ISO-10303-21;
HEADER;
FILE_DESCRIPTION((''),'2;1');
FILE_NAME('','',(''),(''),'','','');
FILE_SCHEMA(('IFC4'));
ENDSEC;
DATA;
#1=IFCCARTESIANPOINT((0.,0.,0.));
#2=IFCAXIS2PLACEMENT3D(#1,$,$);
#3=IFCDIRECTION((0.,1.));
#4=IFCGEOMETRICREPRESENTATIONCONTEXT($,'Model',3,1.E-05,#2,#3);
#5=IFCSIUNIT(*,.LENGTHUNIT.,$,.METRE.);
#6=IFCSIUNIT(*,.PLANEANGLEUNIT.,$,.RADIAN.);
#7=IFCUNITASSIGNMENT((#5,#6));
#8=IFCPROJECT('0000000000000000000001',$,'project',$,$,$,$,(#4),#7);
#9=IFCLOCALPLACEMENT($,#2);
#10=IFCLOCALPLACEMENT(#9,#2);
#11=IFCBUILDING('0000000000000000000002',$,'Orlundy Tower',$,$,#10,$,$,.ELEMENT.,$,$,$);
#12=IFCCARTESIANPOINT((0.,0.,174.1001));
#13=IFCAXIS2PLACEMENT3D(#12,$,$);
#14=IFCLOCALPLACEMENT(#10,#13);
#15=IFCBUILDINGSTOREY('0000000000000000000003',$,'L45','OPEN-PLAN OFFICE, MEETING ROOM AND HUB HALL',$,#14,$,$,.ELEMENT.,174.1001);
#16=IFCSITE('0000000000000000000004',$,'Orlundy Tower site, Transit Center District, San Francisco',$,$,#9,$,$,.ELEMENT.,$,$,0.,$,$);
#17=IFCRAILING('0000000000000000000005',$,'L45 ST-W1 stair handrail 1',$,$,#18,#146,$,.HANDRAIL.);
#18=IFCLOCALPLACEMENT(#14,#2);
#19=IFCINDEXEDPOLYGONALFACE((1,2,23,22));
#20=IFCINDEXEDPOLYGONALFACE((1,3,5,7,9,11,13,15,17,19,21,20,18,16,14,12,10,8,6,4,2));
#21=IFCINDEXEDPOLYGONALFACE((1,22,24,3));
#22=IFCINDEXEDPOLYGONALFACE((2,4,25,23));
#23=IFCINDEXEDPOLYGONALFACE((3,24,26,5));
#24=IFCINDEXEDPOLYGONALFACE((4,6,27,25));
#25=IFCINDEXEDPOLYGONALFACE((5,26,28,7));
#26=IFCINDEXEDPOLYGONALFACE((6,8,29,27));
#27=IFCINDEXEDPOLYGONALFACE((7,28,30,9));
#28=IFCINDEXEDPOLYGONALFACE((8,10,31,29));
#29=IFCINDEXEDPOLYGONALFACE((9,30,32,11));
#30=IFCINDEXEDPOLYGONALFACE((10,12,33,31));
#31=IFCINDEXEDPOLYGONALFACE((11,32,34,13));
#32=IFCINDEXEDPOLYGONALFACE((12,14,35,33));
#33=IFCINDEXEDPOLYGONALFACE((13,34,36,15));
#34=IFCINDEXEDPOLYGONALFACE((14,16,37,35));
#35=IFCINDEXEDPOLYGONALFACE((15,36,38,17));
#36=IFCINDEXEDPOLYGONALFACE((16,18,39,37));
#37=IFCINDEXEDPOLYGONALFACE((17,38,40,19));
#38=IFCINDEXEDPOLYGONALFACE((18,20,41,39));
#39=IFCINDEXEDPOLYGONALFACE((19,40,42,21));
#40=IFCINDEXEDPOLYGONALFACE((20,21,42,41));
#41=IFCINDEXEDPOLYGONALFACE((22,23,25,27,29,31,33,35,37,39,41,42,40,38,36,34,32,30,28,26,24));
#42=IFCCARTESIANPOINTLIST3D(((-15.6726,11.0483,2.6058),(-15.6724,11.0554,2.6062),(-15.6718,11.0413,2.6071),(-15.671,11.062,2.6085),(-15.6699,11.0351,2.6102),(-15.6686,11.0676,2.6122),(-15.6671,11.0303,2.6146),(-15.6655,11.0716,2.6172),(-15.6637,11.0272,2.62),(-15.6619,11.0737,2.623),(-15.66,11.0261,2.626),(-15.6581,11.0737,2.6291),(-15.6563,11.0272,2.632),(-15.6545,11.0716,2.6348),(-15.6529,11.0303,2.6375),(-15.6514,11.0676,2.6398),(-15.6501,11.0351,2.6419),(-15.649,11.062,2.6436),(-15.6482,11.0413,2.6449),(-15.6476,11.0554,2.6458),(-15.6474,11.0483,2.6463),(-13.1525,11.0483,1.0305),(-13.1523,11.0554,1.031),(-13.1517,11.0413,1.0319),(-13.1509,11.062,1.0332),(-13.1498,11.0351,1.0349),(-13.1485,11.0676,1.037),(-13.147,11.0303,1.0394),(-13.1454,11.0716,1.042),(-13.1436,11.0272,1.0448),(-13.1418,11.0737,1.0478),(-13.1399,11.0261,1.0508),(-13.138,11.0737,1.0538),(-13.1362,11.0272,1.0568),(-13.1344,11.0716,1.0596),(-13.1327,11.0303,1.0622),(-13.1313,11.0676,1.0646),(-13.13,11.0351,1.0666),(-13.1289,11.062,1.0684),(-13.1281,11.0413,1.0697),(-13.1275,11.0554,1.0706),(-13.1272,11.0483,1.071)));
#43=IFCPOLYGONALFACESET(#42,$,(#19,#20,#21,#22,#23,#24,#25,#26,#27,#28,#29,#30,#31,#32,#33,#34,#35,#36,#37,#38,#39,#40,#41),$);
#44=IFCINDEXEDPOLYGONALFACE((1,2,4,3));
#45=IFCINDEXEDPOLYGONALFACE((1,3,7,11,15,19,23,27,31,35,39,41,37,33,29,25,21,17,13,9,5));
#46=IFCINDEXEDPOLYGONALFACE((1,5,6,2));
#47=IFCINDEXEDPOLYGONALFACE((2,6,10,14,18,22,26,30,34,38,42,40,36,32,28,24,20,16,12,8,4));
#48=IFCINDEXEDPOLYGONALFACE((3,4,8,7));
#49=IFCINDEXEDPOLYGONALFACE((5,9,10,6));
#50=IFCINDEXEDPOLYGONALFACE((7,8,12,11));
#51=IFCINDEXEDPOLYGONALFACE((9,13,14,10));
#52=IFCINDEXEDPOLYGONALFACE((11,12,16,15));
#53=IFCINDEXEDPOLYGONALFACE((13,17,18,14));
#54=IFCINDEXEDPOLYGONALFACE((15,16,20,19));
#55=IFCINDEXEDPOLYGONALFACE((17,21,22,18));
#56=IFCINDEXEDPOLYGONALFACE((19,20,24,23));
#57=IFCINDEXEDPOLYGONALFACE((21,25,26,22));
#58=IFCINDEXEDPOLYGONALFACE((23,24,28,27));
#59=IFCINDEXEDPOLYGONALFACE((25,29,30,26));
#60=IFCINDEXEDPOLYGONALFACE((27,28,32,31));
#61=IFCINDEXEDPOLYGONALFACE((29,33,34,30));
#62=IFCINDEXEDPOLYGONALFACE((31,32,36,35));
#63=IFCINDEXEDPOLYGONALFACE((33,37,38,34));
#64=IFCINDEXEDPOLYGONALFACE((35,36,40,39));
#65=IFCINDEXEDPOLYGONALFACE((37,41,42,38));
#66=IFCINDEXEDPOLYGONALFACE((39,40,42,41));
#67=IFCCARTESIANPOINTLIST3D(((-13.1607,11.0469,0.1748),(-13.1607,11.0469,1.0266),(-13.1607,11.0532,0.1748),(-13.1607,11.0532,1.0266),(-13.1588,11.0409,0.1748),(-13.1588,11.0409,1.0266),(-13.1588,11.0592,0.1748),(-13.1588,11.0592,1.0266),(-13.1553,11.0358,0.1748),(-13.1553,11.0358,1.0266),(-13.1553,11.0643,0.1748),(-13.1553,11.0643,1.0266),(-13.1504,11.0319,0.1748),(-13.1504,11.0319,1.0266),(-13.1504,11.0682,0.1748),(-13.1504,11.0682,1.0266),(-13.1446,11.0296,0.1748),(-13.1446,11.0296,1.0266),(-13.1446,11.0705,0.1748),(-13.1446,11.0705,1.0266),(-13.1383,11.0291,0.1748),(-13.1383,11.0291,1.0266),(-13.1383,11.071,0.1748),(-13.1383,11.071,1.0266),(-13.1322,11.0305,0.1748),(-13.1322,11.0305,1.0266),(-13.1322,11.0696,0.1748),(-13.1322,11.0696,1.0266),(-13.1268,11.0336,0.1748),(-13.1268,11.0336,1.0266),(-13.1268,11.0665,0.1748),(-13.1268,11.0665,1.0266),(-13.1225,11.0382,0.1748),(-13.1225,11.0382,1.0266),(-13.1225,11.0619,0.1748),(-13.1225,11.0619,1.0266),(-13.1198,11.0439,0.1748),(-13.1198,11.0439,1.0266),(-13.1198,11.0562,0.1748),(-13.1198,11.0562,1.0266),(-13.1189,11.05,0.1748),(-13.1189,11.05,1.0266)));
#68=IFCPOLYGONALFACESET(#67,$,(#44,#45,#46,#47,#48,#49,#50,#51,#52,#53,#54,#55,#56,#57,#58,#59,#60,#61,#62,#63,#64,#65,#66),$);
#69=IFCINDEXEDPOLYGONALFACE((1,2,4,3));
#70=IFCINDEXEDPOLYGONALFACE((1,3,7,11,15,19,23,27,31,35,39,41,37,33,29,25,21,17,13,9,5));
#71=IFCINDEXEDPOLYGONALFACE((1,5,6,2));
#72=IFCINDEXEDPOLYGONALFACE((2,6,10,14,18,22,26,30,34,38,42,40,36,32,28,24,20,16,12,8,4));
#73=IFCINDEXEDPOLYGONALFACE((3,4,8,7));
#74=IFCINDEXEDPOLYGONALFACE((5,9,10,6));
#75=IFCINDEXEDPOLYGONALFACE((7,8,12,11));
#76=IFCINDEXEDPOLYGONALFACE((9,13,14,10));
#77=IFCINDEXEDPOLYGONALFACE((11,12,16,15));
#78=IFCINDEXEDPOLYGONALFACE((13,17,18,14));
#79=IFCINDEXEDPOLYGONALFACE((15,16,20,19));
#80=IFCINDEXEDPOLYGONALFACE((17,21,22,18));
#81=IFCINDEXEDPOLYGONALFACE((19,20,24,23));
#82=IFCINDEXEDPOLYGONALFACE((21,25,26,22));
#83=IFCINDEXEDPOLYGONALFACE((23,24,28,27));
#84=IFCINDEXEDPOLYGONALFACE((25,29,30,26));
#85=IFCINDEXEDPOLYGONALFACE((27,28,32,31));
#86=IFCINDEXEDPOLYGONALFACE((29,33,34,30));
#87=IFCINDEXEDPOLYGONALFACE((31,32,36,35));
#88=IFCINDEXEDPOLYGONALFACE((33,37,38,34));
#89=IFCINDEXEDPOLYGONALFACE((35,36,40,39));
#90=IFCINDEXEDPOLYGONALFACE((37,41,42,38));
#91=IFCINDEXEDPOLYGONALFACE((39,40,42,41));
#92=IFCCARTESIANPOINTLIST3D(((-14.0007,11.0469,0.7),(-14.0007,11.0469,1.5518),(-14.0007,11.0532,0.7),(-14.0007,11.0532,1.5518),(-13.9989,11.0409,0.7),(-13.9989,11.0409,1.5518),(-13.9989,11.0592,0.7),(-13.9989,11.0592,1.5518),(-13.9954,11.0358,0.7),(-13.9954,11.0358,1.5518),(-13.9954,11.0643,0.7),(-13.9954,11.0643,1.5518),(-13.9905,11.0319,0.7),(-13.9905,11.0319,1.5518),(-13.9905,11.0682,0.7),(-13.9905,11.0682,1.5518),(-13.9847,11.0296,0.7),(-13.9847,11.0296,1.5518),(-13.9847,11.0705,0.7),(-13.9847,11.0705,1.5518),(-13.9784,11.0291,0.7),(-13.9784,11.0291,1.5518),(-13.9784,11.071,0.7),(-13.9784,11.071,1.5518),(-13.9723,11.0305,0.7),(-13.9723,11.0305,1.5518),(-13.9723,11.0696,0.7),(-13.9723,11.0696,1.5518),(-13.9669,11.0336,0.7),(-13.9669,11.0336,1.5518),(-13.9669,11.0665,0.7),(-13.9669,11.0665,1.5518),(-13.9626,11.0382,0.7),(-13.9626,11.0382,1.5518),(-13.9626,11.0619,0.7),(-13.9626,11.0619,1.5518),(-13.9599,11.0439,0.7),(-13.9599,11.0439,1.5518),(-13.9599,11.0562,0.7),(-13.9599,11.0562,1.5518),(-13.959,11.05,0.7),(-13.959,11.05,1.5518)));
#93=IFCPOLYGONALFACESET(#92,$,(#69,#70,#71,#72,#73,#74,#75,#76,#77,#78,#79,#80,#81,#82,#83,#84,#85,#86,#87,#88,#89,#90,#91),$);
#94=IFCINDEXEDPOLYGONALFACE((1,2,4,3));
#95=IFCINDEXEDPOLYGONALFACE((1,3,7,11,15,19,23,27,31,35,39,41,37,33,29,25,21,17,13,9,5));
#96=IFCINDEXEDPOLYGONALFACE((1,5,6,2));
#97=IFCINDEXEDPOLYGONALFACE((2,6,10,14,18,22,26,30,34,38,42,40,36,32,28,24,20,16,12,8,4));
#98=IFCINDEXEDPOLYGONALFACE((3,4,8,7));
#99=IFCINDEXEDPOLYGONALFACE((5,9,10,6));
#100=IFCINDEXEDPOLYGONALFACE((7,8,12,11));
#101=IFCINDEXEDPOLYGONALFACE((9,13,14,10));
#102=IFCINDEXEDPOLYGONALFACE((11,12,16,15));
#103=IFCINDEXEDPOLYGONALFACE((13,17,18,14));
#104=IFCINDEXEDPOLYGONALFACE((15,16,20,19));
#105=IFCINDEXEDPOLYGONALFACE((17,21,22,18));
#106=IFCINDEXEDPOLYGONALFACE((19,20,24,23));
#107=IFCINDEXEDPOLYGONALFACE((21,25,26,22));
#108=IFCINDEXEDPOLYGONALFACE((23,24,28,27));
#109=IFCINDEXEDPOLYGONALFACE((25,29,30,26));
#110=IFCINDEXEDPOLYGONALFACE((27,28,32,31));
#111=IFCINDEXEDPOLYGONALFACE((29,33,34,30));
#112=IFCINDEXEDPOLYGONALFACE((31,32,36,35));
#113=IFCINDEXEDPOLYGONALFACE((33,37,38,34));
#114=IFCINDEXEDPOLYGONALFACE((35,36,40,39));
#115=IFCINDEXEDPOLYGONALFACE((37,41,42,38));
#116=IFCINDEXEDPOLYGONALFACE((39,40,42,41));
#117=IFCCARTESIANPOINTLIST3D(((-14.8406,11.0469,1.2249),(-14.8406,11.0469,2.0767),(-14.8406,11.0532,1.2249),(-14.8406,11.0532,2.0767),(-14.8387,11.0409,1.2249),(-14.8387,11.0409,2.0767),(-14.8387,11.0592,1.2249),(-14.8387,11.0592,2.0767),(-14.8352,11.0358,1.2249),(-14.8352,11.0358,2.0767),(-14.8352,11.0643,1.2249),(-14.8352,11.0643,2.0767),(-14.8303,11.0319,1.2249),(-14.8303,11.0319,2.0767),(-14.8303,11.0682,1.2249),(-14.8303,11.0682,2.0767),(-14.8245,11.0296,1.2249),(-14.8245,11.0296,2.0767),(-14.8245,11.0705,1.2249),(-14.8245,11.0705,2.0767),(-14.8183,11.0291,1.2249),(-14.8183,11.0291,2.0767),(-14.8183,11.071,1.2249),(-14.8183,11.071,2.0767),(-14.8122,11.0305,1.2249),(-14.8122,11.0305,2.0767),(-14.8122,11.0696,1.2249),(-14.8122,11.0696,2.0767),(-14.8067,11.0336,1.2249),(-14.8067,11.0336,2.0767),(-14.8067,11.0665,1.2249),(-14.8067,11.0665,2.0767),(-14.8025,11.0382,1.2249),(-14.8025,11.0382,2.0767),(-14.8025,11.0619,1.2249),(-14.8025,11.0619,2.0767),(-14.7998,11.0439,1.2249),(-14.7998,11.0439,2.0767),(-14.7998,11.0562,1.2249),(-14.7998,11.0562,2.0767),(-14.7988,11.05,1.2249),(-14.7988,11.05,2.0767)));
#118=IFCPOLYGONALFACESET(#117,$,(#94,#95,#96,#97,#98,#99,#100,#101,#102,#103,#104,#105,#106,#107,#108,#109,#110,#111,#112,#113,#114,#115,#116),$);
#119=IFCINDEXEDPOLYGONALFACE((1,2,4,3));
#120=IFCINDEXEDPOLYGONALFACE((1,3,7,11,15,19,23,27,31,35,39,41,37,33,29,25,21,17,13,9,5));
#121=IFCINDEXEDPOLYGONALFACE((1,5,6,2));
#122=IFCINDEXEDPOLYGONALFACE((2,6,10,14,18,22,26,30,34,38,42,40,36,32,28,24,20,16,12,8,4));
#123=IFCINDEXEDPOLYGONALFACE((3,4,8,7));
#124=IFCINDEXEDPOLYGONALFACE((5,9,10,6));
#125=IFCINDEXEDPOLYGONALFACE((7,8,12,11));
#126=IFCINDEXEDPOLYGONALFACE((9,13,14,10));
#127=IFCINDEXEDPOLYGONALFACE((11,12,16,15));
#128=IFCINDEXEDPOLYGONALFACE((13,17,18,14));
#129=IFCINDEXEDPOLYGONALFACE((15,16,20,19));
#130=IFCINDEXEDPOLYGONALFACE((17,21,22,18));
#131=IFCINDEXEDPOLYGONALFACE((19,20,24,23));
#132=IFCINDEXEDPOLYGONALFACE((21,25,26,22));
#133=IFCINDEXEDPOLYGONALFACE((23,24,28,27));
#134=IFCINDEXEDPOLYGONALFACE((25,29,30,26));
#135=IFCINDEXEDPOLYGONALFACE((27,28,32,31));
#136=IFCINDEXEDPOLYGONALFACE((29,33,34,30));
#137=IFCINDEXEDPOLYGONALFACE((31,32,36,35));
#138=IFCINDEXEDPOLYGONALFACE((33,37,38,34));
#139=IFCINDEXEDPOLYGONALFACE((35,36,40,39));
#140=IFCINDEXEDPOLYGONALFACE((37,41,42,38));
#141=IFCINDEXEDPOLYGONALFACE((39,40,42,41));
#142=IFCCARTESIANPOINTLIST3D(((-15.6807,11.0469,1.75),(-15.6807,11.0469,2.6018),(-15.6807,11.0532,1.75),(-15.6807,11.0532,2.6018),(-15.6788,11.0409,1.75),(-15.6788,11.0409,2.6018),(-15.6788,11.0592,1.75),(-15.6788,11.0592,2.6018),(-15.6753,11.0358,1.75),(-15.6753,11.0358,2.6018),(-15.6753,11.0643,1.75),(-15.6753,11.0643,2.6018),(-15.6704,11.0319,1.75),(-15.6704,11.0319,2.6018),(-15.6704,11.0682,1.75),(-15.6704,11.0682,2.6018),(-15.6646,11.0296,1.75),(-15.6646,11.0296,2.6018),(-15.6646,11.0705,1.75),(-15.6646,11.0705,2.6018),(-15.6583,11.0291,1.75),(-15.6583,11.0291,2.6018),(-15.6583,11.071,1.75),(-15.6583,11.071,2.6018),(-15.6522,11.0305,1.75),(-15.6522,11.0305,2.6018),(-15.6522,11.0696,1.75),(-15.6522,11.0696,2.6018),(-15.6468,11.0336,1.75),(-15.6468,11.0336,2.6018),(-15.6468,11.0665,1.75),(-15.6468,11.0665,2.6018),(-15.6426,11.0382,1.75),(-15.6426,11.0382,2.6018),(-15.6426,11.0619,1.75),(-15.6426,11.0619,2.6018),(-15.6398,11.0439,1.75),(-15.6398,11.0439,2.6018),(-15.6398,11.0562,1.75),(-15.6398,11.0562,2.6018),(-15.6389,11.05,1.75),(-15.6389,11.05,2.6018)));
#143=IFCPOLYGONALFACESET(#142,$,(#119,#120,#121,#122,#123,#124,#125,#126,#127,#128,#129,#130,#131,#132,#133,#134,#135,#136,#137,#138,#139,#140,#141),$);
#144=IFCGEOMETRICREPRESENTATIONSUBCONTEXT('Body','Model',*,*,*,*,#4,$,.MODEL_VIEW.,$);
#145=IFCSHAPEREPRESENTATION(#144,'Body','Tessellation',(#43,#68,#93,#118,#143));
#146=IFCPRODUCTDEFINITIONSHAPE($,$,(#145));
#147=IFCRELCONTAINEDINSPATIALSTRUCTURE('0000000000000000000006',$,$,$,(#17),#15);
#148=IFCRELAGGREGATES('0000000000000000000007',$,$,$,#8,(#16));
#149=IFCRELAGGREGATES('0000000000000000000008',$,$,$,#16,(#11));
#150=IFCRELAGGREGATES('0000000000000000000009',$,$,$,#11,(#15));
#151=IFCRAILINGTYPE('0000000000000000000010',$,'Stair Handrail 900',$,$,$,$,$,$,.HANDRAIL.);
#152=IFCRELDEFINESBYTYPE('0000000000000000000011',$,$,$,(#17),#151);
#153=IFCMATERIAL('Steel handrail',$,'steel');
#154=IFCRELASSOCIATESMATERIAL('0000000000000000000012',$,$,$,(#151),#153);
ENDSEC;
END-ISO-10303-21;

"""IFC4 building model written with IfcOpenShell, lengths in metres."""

from ifc_helpers import new_model, si_unit, direction, frame, origin, origin_2d, place, context, subcontext, project, spatial, circle, extrude, material, type_object, element, save


model = new_model("IFC4")

# Units and contexts
model_context = context("Model", 3, precision=1e-05, world=origin(), true_north=direction((0.0, 1.0)))
body_context = subcontext(model_context, "Body", "Model", "MODEL_VIEW")
ifc_project = project(units=[si_unit("LENGTHUNIT", "METRE"), si_unit("PLANEANGLEUNIT", "RADIAN")], contexts=[model_context])

# Site, building, storey
site_placement = place(None, origin())
site = spatial("IfcSite", under=ifc_project, at=site_placement, Name="Orlundy Tower site, Transit Center District, San Francisco", CompositionType="ELEMENT", RefElevation=0.0)
building_placement = place(site_placement, origin())
building = spatial("IfcBuilding", under=site, at=building_placement, Name="Orlundy Tower", CompositionType="ELEMENT")
storey_placement = place(building_placement, frame((0.0, 0.0, 174.1001)))
storey = spatial("IfcBuildingStorey", under=building, at=storey_placement, Name="L45", Description="OPEN-PLAN OFFICE, MEETING ROOM AND HUB HALL", CompositionType="ELEMENT", Elevation=174.1001)

# Railing
ifc_material_1 = material(Name="Steel handrail", Category="steel")
railing_type_1 = type_object("IfcRailingType", Name="Stair Handrail 900", PredefinedType="HANDRAIL", material=ifc_material_1)
railing_1_placement = place(storey_placement, frame((-13.1399, 11.05, 0.1748)))
element("IfcRailing", 1, at=railing_1_placement, inside=storey, type_object=railing_type_1, Name="L45 ST-W1 stair handrail 1", PredefinedType="HANDRAIL", context=body_context, shape_type="SweptSolid", body=[
    extrude(circle(Radius=0.0239, at=origin_2d()), frame((0.0, 0.0, 0.876), z_axis=(-0.847971, 0.0, 0.530043), x_axis=(0.0, -1.0, 0.0)), (0.0, 0.0, 1.0), 2.9719),
    extrude(circle(Radius=0.021, at=origin_2d()), origin(), (0.0, 0.0, 1.0), 0.8518),
    extrude(circle(Radius=0.021, at=origin_2d()), frame((-0.8401, 0.0, 0.5251)), (0.0, 0.0, 1.0), 0.8518),
    extrude(circle(Radius=0.021, at=origin_2d()), frame((-1.6799, 0.0, 1.05)), (0.0, 0.0, 1.0), 0.8518),
    extrude(circle(Radius=0.021, at=origin_2d()), frame((-2.52, 0.0, 1.5752)), (0.0, 0.0, 1.0), 0.8518),
])

save(model, "model.ifc")
